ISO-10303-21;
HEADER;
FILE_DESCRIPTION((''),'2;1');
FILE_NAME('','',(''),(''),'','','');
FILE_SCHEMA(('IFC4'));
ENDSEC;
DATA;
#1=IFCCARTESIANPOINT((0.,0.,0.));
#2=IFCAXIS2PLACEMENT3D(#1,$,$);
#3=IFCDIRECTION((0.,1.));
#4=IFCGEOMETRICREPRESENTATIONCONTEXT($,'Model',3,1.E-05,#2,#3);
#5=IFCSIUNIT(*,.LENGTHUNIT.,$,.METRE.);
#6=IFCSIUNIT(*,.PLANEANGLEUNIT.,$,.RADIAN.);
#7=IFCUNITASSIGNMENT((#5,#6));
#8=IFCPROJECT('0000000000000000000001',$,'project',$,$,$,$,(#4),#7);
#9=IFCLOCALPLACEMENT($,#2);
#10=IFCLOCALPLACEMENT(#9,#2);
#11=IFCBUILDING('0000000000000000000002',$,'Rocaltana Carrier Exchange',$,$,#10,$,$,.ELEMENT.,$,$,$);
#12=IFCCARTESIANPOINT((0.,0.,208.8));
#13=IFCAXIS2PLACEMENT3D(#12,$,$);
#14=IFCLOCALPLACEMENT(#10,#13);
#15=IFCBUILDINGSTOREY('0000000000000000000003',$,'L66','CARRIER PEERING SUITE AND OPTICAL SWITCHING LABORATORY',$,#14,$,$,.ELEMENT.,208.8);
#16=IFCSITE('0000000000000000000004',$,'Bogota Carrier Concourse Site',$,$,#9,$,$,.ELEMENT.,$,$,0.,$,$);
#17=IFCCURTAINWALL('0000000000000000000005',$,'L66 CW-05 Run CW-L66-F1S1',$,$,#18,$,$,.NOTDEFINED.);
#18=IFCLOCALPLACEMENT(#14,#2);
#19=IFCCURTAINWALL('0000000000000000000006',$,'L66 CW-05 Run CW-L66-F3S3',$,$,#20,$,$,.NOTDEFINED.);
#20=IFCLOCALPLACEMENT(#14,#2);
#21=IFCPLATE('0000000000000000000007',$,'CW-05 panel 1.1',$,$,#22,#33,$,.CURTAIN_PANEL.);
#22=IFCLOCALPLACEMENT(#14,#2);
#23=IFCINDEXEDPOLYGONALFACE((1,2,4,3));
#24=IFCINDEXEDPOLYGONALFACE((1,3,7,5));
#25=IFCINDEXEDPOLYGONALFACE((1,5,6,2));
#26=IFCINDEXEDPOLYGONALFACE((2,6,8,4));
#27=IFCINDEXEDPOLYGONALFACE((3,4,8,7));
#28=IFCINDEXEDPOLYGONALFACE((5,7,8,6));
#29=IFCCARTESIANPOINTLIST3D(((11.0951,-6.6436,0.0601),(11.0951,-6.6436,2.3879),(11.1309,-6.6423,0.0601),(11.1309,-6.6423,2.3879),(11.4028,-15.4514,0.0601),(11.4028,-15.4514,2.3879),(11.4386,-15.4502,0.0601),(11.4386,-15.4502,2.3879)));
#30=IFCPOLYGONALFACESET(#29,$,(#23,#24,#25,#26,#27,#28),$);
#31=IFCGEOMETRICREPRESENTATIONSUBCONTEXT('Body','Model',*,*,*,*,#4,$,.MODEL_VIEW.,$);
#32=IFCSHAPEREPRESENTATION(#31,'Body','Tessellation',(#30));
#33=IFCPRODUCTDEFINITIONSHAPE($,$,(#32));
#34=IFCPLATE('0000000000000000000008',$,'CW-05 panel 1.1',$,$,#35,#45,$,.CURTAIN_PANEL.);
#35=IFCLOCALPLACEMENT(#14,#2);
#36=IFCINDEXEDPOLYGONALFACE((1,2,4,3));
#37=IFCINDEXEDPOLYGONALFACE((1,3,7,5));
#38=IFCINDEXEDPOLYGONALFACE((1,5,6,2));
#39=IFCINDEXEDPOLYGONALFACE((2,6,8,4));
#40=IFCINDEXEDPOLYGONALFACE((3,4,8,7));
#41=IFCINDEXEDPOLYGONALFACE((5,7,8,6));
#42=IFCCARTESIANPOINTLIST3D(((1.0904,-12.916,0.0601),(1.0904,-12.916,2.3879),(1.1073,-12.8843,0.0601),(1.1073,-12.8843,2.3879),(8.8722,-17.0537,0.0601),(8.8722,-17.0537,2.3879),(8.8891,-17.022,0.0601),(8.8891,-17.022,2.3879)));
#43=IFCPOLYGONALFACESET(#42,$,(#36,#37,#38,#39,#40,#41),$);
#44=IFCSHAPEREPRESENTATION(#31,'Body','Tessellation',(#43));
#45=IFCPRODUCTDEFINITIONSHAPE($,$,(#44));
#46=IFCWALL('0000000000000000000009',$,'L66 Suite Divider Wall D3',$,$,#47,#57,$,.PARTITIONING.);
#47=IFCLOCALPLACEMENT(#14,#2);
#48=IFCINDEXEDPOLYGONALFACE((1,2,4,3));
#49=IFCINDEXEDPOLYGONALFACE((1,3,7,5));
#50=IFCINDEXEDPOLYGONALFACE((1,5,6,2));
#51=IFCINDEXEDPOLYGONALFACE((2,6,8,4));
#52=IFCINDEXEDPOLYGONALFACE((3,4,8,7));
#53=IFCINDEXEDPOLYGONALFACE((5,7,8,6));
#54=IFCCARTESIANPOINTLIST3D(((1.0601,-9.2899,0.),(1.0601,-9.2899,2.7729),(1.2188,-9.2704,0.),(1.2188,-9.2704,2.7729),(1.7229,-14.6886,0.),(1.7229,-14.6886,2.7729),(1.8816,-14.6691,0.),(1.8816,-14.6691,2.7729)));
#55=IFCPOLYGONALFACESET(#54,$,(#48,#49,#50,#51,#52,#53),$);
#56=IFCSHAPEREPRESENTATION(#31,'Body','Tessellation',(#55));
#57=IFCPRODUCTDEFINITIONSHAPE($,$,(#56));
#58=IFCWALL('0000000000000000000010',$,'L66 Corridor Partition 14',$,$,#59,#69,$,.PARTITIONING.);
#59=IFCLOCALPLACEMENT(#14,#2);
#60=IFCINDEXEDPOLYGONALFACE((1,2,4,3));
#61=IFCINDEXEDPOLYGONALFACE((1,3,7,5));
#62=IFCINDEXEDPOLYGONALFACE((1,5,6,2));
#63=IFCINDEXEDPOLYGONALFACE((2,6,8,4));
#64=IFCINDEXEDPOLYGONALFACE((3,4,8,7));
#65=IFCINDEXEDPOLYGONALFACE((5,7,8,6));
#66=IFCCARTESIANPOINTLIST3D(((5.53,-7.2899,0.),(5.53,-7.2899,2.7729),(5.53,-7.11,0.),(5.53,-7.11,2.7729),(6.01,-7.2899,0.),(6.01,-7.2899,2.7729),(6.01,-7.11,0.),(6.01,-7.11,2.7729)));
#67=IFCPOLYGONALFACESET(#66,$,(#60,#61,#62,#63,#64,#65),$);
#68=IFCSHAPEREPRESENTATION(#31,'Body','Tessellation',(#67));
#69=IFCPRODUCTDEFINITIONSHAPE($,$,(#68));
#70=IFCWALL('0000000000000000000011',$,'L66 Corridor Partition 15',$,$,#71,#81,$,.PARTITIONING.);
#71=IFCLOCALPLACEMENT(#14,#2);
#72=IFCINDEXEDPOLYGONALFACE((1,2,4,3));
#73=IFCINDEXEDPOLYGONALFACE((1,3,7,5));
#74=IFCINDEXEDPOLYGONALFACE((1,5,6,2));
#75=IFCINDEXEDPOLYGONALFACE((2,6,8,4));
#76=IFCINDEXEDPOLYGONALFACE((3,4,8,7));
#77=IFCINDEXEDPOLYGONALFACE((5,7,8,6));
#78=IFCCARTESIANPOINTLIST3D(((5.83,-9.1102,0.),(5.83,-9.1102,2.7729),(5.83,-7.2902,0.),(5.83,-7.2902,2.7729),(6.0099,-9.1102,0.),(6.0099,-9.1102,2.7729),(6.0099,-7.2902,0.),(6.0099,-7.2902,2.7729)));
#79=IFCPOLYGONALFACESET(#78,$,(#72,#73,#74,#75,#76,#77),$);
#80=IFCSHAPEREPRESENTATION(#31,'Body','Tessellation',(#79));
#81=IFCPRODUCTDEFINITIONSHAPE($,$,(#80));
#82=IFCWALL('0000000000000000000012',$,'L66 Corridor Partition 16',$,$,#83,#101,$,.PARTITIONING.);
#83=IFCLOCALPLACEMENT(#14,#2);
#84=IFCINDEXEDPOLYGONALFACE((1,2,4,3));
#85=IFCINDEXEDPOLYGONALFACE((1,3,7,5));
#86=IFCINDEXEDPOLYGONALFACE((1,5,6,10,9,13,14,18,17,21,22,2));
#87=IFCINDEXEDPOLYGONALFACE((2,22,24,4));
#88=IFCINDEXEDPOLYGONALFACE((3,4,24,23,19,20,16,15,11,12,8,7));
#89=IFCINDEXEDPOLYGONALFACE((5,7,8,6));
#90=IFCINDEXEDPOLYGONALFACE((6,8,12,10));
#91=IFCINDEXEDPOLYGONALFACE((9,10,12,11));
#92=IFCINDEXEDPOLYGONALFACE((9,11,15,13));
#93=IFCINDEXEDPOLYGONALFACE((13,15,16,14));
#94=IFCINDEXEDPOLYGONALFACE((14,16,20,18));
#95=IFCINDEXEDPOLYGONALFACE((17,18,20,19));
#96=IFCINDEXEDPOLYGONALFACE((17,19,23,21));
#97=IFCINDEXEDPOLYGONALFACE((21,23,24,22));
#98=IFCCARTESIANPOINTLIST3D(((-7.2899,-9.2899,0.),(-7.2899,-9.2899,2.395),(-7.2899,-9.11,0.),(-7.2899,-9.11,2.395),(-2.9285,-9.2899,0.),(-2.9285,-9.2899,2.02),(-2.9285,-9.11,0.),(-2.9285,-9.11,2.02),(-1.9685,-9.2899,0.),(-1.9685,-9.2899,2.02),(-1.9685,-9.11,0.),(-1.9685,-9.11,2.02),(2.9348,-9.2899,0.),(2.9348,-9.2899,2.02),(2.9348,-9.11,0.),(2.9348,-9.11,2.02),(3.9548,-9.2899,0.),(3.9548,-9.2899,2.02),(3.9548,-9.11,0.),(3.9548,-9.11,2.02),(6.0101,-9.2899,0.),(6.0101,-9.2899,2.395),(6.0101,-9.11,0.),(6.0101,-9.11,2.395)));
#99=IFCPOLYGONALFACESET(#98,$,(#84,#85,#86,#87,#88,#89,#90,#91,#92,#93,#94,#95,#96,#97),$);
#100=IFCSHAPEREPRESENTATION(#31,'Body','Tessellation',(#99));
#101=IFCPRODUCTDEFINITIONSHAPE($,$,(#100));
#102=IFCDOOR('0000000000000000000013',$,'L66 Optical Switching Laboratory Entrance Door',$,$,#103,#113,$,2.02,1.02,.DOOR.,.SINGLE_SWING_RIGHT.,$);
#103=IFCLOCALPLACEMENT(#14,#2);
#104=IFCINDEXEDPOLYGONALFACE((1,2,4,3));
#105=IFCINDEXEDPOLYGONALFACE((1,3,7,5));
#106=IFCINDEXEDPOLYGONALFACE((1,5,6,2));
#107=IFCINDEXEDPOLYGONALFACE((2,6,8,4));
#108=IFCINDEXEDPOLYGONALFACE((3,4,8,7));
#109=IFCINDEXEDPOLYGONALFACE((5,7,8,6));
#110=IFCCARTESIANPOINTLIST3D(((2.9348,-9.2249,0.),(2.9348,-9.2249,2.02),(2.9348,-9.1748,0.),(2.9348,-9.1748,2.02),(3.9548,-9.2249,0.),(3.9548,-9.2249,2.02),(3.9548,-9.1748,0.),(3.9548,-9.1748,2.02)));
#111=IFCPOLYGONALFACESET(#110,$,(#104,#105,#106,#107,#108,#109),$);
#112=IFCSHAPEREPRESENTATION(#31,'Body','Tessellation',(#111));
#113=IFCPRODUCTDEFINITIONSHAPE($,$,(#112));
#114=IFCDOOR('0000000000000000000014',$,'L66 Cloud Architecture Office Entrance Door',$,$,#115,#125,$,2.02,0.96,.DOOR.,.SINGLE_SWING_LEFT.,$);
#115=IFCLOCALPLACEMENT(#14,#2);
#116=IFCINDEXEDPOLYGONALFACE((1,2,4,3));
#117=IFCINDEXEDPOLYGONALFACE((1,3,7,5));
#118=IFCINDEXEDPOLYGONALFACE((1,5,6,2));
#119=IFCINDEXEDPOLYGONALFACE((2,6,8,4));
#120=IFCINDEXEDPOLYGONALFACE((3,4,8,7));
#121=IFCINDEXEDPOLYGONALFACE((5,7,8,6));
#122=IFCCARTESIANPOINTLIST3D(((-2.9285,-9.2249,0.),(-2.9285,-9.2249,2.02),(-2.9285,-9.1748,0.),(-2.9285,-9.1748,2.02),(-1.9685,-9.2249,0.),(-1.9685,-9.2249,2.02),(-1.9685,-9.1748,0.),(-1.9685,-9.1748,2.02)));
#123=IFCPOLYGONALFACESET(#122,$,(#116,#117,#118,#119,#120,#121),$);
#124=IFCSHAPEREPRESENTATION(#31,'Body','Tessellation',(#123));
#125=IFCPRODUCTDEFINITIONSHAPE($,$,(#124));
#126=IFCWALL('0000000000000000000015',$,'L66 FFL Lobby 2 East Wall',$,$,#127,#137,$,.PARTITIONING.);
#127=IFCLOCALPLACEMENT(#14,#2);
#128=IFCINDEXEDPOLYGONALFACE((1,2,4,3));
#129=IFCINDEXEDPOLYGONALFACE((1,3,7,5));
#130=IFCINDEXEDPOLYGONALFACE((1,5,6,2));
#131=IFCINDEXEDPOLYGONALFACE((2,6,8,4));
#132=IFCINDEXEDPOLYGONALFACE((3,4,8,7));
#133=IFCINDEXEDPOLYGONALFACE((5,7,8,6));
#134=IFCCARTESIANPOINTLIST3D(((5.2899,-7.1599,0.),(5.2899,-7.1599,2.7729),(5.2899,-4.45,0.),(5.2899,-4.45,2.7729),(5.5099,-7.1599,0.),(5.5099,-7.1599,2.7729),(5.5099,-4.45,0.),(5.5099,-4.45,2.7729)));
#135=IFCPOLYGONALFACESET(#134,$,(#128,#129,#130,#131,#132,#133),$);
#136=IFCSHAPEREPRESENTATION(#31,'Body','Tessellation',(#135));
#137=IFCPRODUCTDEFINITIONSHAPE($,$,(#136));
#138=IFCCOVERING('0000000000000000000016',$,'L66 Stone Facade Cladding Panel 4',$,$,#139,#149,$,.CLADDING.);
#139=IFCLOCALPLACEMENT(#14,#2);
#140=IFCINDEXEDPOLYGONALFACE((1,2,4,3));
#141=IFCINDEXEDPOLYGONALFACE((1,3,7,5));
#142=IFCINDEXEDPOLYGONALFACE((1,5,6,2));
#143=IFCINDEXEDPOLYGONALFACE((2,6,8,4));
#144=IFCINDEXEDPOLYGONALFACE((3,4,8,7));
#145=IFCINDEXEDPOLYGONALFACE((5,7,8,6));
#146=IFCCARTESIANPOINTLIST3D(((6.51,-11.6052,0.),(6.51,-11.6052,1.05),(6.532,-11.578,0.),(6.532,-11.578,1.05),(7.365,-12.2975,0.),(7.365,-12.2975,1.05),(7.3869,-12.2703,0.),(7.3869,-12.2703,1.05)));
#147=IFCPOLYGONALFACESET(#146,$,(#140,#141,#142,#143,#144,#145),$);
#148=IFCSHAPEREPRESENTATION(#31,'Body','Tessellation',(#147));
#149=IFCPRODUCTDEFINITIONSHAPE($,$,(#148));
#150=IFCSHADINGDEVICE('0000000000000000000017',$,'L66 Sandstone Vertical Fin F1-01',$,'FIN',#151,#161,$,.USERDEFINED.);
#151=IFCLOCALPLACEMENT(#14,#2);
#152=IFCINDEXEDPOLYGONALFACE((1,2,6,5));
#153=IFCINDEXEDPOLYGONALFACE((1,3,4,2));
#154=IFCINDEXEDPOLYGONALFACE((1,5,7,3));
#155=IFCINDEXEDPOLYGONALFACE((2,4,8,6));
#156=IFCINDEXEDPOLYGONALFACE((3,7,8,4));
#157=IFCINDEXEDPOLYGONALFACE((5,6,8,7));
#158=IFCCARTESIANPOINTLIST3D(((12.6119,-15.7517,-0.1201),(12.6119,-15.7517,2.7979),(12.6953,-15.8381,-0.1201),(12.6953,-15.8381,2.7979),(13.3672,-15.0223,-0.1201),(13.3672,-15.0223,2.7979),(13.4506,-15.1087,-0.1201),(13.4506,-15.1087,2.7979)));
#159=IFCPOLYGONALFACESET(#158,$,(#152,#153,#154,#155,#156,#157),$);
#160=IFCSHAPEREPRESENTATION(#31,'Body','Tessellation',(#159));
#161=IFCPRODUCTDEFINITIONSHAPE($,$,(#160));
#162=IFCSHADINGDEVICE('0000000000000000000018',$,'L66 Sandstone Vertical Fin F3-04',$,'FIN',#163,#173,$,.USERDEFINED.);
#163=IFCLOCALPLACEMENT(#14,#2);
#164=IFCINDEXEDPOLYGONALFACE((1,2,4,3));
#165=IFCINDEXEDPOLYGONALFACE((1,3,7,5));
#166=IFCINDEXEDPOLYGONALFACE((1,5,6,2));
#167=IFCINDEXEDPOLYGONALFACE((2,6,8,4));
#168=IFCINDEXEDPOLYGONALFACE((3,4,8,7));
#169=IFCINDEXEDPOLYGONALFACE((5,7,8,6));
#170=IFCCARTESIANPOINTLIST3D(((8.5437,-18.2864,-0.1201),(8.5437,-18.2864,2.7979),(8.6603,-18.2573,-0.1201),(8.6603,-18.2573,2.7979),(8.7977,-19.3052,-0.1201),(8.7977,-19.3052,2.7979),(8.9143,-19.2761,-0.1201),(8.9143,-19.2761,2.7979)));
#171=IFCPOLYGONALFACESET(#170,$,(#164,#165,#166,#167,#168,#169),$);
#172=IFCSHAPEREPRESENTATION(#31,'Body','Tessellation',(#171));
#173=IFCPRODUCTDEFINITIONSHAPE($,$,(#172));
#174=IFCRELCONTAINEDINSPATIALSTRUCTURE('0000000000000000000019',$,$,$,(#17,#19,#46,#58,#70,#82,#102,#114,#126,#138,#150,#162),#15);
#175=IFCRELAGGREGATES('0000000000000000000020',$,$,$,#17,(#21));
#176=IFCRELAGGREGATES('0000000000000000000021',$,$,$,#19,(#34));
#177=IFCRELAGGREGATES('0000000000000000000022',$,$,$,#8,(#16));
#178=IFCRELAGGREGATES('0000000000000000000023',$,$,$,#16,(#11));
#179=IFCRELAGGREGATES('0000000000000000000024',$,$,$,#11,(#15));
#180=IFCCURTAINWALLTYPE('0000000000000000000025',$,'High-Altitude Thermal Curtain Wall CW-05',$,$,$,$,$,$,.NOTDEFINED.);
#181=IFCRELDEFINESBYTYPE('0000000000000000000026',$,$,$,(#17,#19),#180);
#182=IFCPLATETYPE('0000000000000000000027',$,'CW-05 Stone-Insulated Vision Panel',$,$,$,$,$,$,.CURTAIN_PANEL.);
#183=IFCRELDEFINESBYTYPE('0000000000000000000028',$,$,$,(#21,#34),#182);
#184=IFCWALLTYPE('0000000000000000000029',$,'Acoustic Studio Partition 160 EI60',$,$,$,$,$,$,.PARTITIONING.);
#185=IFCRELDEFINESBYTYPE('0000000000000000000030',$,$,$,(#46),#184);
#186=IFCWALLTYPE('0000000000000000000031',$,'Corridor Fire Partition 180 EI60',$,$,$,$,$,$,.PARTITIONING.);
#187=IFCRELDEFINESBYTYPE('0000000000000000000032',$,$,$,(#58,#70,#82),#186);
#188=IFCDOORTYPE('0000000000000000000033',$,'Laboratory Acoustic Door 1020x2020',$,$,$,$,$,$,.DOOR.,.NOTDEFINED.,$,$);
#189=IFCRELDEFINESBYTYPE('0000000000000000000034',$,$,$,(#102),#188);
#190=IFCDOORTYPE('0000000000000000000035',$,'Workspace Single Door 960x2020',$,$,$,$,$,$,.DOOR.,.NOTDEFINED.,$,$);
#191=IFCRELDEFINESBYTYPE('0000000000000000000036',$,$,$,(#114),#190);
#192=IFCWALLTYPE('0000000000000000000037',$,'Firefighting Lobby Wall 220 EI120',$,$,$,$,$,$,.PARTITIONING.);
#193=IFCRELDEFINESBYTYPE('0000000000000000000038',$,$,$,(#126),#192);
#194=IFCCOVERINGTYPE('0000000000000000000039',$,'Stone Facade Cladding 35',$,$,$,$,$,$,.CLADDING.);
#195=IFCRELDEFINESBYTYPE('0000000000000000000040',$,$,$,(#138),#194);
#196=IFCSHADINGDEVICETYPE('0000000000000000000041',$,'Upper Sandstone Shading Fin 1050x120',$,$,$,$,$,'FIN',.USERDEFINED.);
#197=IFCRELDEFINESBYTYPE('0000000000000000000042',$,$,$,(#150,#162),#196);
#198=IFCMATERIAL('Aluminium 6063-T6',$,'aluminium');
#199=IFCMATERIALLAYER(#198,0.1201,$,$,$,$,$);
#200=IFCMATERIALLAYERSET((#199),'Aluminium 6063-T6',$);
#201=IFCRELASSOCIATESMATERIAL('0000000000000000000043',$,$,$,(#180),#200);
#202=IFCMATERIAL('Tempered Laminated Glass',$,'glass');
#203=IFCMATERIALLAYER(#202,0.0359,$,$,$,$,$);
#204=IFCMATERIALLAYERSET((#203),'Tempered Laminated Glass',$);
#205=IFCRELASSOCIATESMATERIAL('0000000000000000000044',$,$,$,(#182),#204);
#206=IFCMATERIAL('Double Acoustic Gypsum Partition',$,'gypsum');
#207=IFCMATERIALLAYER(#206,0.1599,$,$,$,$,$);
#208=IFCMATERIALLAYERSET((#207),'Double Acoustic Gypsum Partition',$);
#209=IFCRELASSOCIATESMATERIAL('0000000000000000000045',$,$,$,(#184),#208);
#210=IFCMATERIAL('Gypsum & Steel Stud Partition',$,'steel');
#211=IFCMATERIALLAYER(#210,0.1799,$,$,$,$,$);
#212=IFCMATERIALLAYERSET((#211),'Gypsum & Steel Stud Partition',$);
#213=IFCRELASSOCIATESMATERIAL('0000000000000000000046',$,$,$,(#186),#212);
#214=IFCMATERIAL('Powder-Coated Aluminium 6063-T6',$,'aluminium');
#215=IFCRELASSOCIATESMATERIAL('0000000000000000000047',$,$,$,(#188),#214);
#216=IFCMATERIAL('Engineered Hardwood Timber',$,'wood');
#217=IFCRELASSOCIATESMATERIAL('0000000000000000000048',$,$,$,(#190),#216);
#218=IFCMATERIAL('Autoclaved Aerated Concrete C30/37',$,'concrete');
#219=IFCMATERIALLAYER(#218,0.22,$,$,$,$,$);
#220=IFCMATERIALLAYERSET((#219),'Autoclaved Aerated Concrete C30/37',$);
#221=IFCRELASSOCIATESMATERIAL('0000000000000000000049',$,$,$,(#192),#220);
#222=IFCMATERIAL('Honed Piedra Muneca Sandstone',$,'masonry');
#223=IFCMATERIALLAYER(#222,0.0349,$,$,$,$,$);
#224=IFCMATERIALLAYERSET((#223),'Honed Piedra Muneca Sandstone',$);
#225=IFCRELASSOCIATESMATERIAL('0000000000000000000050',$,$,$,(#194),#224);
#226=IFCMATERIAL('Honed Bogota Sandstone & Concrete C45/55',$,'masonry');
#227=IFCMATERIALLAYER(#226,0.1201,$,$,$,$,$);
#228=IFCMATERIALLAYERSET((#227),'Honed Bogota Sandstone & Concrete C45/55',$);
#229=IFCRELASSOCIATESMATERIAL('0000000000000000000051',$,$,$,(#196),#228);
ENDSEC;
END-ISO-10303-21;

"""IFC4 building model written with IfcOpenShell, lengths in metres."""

from ifc_helpers import new_model, si_unit, direction, frame, frame_2d, origin, origin_2d, place, context, subcontext, project, spatial, rectangle, extrude, material, layer, layer_set, type_object, element, fill, aggregate, save


model = new_model("IFC4")

# Units and contexts
model_context = context("Model", 3, precision=1e-05, world=origin(), true_north=direction((0.0, 1.0)))
body_context = subcontext(model_context, "Body", "Model", "MODEL_VIEW")
ifc_project = project(units=[si_unit("LENGTHUNIT", "METRE"), si_unit("PLANEANGLEUNIT", "RADIAN")], contexts=[model_context])

# Site, building, storey
site_placement = place(None, origin())
site = spatial("IfcSite", under=ifc_project, at=site_placement, Name="Bogota Carrier Concourse Site", CompositionType="ELEMENT", RefElevation=0.0)
building_placement = place(site_placement, origin())
building = spatial("IfcBuilding", under=site, at=building_placement, Name="Rocaltana Carrier Exchange", CompositionType="ELEMENT")
storey_placement = place(building_placement, frame((0.0, 0.0, 208.8)))
storey = spatial("IfcBuildingStorey", under=building, at=storey_placement, Name="L66", Description="CARRIER PEERING SUITE AND OPTICAL SWITCHING LABORATORY", CompositionType="ELEMENT", Elevation=208.8)

# Curtain walls
ifc_material_1 = material(Name="Aluminium 6063-T6", Category="aluminium")
ifc_layer_1 = layer(ifc_material_1, 0.1201)
ifc_layer_set_1 = layer_set([ifc_layer_1], Name="Aluminium 6063-T6")
curtain_wall_type = type_object("IfcCurtainWallType", Name="High-Altitude Thermal Curtain Wall CW-05", PredefinedType="NOTDEFINED", material=ifc_layer_set_1)
curtain_wall_1_placement = place(storey_placement, origin())
curtain_wall_1 = element("IfcCurtainWall", 1, at=curtain_wall_1_placement, inside=storey, type_object=curtain_wall_type, Name="L66 CW-05 Run CW-L66-F1S1", PredefinedType="NOTDEFINED")
curtain_wall_2_placement = place(storey_placement, origin())
curtain_wall_2 = element("IfcCurtainWall", 2, at=curtain_wall_2_placement, inside=storey, type_object=curtain_wall_type, Name="L66 CW-05 Run CW-L66-F3S3", PredefinedType="NOTDEFINED")

# Plates
ifc_material_2 = material(Name="Tempered Laminated Glass", Category="glass")
ifc_layer_2 = layer(ifc_material_2, 0.0359)
ifc_layer_set_2 = layer_set([ifc_layer_2], Name="Tempered Laminated Glass")
plate_type = type_object("IfcPlateType", Name="CW-05 Stone-Insulated Vision Panel", PredefinedType="CURTAIN_PANEL", material=ifc_layer_set_2)
plate_1_placement = place(storey_placement, frame((11.2668, -11.0469, 0.0601), z_axis=(0.0, 0.0, 1.0), x_axis=(-0.034914, 0.99939, 0.0)))
plate_1 = element("IfcPlate", 3, at=plate_1_placement, type_object=plate_type, Name="CW-05 panel 1.1", PredefinedType="CURTAIN_PANEL", context=body_context, shape_type="SweptSolid", body=[
    extrude(rectangle(XDim=8.8132, YDim=0.0359, at=origin_2d()), origin(), (0.0, 0.0, 1.0), 2.3279),
])
aggregate(curtain_wall_1, [plate_1])
plate_2_placement = place(storey_placement, frame((4.9897, -14.969, 0.0601), z_axis=(0.0, 0.0, 1.0), x_axis=(0.882946, -0.469475, 0.0)))
plate_2 = element("IfcPlate", 4, at=plate_2_placement, type_object=plate_type, Name="CW-05 panel 1.1", PredefinedType="CURTAIN_PANEL", context=body_context, shape_type="SweptSolid", body=[
    extrude(rectangle(XDim=8.8135, YDim=0.0359, at=origin_2d()), origin(), (0.0, 0.0, 1.0), 2.3279),
])
aggregate(curtain_wall_2, [plate_2])

# Walls
ifc_material_3 = material(Name="Double Acoustic Gypsum Partition", Category="gypsum")
ifc_layer_3 = layer(ifc_material_3, 0.1599)
ifc_layer_set_3 = layer_set([ifc_layer_3], Name="Double Acoustic Gypsum Partition")
wall_type_1 = type_object("IfcWallType", Name="Acoustic Studio Partition 160 EI60", PredefinedType="PARTITIONING", material=ifc_layer_set_3)
wall_1_placement = place(storey_placement, frame((1.1394, -9.28, 0.0), z_axis=(0.0, 0.0, 1.0), x_axis=(0.121863, -0.992547, 0.0)))
element("IfcWall", 5, at=wall_1_placement, inside=storey, type_object=wall_type_1, Name="L66 Suite Divider Wall D3", PredefinedType="PARTITIONING", context=body_context, shape_type="SweptSolid", body=[
    extrude(rectangle(XDim=5.4392, YDim=0.1599, at=frame_2d((2.7197, 0.0))), origin(), (0.0, 0.0, 1.0), 2.7729),
])
ifc_material_4 = material(Name="Gypsum & Steel Stud Partition", Category="steel")
ifc_layer_4 = layer(ifc_material_4, 0.1799)
ifc_layer_set_4 = layer_set([ifc_layer_4], Name="Gypsum & Steel Stud Partition")
wall_type_2 = type_object("IfcWallType", Name="Corridor Fire Partition 180 EI60", PredefinedType="PARTITIONING", material=ifc_layer_set_4)
wall_2_placement = place(storey_placement, frame((5.53, -7.2, 0.0), z_axis=(0.0, 0.0, 1.0), x_axis=(1.0, 0.0, 0.0)))
element("IfcWall", 6, at=wall_2_placement, inside=storey, type_object=wall_type_2, Name="L66 Corridor Partition 14", PredefinedType="PARTITIONING", context=body_context, shape_type="SweptSolid", body=[
    extrude(rectangle(XDim=0.48, YDim=0.1799, at=frame_2d((0.24, 0.0))), origin(), (0.0, 0.0, 1.0), 2.7729),
])
wall_3_placement = place(storey_placement, frame((5.9199, -7.29, 0.0), z_axis=(0.0, 0.0, 1.0), x_axis=(0.0, -1.0, 0.0)))
element("IfcWall", 7, at=wall_3_placement, inside=storey, type_object=wall_type_2, Name="L66 Corridor Partition 15", PredefinedType="PARTITIONING", context=body_context, shape_type="SweptSolid", body=[
    extrude(rectangle(XDim=1.8201, YDim=0.1799, at=frame_2d((0.9102, 0.0))), origin(), (0.0, 0.0, 1.0), 2.7729),
])

# Wall, openings, doors
wall_4_placement = place(storey_placement, frame((6.01, -9.2, 0.0), z_axis=(0.0, 0.0, 1.0), x_axis=(-1.0, 0.0, 0.0)))
wall_4 = element("IfcWall", 8, at=wall_4_placement, inside=storey, type_object=wall_type_2, Name="L66 Corridor Partition 16", PredefinedType="PARTITIONING", context=body_context, shape_type="SweptSolid", body=[
    extrude(rectangle(XDim=13.3, YDim=0.1799, at=frame_2d((6.6499, 0.0))), origin(), (0.0, 0.0, 1.0), 2.395),
])
opening_1_placement = place(wall_4_placement, frame((7.9785, 0.0, 0.0)))
opening_1 = element("IfcOpeningElement", 9, at=opening_1_placement, cuts=wall_4, PredefinedType="OPENING", context=body_context, shape_type="SweptSolid", body=[
    extrude(rectangle(XDim=0.96, YDim=2.02, at=frame_2d((0.48, 1.01))), frame((0.0, 0.0999, 0.0), z_axis=(0.0, -1.0, 0.0), x_axis=(1.0, 0.0, 0.0)), (0.0, 0.0, 1.0), 0.2),
])
opening_2_placement = place(wall_4_placement, frame((2.0552, 0.0, 0.0)))
opening_2 = element("IfcOpeningElement", 10, at=opening_2_placement, cuts=wall_4, PredefinedType="OPENING", context=body_context, shape_type="SweptSolid", body=[
    extrude(rectangle(XDim=1.02, YDim=2.02, at=frame_2d((0.51, 1.01))), frame((0.0, 0.0999, 0.0), z_axis=(0.0, -1.0, 0.0), x_axis=(1.0, 0.0, 0.0)), (0.0, 0.0, 1.0), 0.2),
])
ifc_material_5 = material(Name="Powder-Coated Aluminium 6063-T6", Category="aluminium")
door_type_1 = type_object("IfcDoorType", Name="Laboratory Acoustic Door 1020x2020", OperationType="NOTDEFINED", PredefinedType="DOOR", material=ifc_material_5)
door_1_placement = place(opening_2_placement, origin())
door_1 = element("IfcDoor", 11, at=door_1_placement, inside=storey, type_object=door_type_1, Name="L66 Optical Switching Laboratory Entrance Door", OperationType="SINGLE_SWING_RIGHT", OverallHeight=2.02, OverallWidth=1.02, PredefinedType="DOOR", context=body_context, shape_type="SweptSolid", body=[
    extrude(rectangle(XDim=1.02, YDim=2.02, at=frame_2d((0.51, 1.01))), frame((0.0, 0.0249, 0.0), z_axis=(0.0, -1.0, 0.0), x_axis=(1.0, 0.0, 0.0)), (0.0, 0.0, 1.0), 0.05),
])
fill(opening_2, door_1)
ifc_material_6 = material(Name="Engineered Hardwood Timber", Category="wood")
door_type_2 = type_object("IfcDoorType", Name="Workspace Single Door 960x2020", OperationType="NOTDEFINED", PredefinedType="DOOR", material=ifc_material_6)
door_2_placement = place(opening_1_placement, origin())
door_2 = element("IfcDoor", 12, at=door_2_placement, inside=storey, type_object=door_type_2, Name="L66 Cloud Architecture Office Entrance Door", OperationType="SINGLE_SWING_LEFT", OverallHeight=2.02, OverallWidth=0.96, PredefinedType="DOOR", context=body_context, shape_type="SweptSolid", body=[
    extrude(rectangle(XDim=0.96, YDim=2.02, at=frame_2d((0.48, 1.01))), frame((0.0, 0.0249, 0.0), z_axis=(0.0, -1.0, 0.0), x_axis=(1.0, 0.0, 0.0)), (0.0, 0.0, 1.0), 0.05),
])
fill(opening_1, door_2)

# Wall
ifc_material_7 = material(Name="Autoclaved Aerated Concrete C30/37", Category="concrete")
ifc_layer_5 = layer(ifc_material_7, 0.22)
ifc_layer_set_5 = layer_set([ifc_layer_5], Name="Autoclaved Aerated Concrete C30/37")
wall_type_3 = type_object("IfcWallType", Name="Firefighting Lobby Wall 220 EI120", PredefinedType="PARTITIONING", material=ifc_layer_set_5)
wall_5_placement = place(storey_placement, frame((5.3999, -7.1599, 0.0), z_axis=(0.0, 0.0, 1.0), x_axis=(0.0, 1.0, 0.0)))
element("IfcWall", 13, at=wall_5_placement, inside=storey, type_object=wall_type_3, Name="L66 FFL Lobby 2 East Wall", PredefinedType="PARTITIONING", context=body_context, shape_type="SweptSolid", body=[
    extrude(rectangle(XDim=2.71, YDim=0.22, at=frame_2d((1.355, 0.0))), origin(), (0.0, 0.0, 1.0), 2.7729),
])

# Covering
ifc_material_8 = material(Name="Honed Piedra Muneca Sandstone", Category="masonry")
ifc_layer_6 = layer(ifc_material_8, 0.0349)
ifc_layer_set_6 = layer_set([ifc_layer_6], Name="Honed Piedra Muneca Sandstone")
covering_type = type_object("IfcCoveringType", Name="Stone Facade Cladding 35", PredefinedType="CLADDING", material=ifc_layer_set_6)
covering_placement = place(storey_placement, frame((6.9485, -11.9377, 0.0), z_axis=(0.0, 0.0, 1.0), x_axis=(-0.777146, 0.62932, 0.0)))
element("IfcCovering", 14, at=covering_placement, inside=storey, type_object=covering_type, Name="L66 Stone Facade Cladding Panel 4", PredefinedType="CLADDING", context=body_context, shape_type="SweptSolid", body=[
    extrude(rectangle(XDim=1.1001, YDim=0.0349, at=origin_2d()), origin(), (0.0, 0.0, 1.0), 1.05),
])

# Shading devices
ifc_material_9 = material(Name="Honed Bogota Sandstone & Concrete C45/55", Category="masonry")
ifc_layer_7 = layer(ifc_material_9, 0.1201)
ifc_layer_set_7 = layer_set([ifc_layer_7], Name="Honed Bogota Sandstone & Concrete C45/55")
shading_device_type = type_object("IfcShadingDeviceType", Name="Upper Sandstone Shading Fin 1050x120", ElementType="FIN", PredefinedType="USERDEFINED", material=ifc_layer_set_7)
for number, where, z_axis, x_axis, name in (
    (15, (13.0312, -15.4302, -0.1201), (0.0, 0.0, 1.0), (0.71934, 0.694658, 0.0), "L66 Sandstone Vertical Fin F1-01"),
    (16, (8.729, -18.7812, -0.1201), (0.0, 0.0, 1.0), (0.241922, -0.970296, 0.0), "L66 Sandstone Vertical Fin F3-04"),
):
    element("IfcShadingDevice", number, at=place(storey_placement, frame(where, z_axis=z_axis, x_axis=x_axis)), inside=storey, type_object=shading_device_type, Name=name, ObjectType="FIN", PredefinedType="USERDEFINED", context=body_context, shape_type="SweptSolid", body=[
        extrude(rectangle(XDim=1.05, YDim=0.1201, at=origin_2d()), origin(), (0.0, 0.0, 1.0), 2.918),
    ])

save(model, "model.ifc")
